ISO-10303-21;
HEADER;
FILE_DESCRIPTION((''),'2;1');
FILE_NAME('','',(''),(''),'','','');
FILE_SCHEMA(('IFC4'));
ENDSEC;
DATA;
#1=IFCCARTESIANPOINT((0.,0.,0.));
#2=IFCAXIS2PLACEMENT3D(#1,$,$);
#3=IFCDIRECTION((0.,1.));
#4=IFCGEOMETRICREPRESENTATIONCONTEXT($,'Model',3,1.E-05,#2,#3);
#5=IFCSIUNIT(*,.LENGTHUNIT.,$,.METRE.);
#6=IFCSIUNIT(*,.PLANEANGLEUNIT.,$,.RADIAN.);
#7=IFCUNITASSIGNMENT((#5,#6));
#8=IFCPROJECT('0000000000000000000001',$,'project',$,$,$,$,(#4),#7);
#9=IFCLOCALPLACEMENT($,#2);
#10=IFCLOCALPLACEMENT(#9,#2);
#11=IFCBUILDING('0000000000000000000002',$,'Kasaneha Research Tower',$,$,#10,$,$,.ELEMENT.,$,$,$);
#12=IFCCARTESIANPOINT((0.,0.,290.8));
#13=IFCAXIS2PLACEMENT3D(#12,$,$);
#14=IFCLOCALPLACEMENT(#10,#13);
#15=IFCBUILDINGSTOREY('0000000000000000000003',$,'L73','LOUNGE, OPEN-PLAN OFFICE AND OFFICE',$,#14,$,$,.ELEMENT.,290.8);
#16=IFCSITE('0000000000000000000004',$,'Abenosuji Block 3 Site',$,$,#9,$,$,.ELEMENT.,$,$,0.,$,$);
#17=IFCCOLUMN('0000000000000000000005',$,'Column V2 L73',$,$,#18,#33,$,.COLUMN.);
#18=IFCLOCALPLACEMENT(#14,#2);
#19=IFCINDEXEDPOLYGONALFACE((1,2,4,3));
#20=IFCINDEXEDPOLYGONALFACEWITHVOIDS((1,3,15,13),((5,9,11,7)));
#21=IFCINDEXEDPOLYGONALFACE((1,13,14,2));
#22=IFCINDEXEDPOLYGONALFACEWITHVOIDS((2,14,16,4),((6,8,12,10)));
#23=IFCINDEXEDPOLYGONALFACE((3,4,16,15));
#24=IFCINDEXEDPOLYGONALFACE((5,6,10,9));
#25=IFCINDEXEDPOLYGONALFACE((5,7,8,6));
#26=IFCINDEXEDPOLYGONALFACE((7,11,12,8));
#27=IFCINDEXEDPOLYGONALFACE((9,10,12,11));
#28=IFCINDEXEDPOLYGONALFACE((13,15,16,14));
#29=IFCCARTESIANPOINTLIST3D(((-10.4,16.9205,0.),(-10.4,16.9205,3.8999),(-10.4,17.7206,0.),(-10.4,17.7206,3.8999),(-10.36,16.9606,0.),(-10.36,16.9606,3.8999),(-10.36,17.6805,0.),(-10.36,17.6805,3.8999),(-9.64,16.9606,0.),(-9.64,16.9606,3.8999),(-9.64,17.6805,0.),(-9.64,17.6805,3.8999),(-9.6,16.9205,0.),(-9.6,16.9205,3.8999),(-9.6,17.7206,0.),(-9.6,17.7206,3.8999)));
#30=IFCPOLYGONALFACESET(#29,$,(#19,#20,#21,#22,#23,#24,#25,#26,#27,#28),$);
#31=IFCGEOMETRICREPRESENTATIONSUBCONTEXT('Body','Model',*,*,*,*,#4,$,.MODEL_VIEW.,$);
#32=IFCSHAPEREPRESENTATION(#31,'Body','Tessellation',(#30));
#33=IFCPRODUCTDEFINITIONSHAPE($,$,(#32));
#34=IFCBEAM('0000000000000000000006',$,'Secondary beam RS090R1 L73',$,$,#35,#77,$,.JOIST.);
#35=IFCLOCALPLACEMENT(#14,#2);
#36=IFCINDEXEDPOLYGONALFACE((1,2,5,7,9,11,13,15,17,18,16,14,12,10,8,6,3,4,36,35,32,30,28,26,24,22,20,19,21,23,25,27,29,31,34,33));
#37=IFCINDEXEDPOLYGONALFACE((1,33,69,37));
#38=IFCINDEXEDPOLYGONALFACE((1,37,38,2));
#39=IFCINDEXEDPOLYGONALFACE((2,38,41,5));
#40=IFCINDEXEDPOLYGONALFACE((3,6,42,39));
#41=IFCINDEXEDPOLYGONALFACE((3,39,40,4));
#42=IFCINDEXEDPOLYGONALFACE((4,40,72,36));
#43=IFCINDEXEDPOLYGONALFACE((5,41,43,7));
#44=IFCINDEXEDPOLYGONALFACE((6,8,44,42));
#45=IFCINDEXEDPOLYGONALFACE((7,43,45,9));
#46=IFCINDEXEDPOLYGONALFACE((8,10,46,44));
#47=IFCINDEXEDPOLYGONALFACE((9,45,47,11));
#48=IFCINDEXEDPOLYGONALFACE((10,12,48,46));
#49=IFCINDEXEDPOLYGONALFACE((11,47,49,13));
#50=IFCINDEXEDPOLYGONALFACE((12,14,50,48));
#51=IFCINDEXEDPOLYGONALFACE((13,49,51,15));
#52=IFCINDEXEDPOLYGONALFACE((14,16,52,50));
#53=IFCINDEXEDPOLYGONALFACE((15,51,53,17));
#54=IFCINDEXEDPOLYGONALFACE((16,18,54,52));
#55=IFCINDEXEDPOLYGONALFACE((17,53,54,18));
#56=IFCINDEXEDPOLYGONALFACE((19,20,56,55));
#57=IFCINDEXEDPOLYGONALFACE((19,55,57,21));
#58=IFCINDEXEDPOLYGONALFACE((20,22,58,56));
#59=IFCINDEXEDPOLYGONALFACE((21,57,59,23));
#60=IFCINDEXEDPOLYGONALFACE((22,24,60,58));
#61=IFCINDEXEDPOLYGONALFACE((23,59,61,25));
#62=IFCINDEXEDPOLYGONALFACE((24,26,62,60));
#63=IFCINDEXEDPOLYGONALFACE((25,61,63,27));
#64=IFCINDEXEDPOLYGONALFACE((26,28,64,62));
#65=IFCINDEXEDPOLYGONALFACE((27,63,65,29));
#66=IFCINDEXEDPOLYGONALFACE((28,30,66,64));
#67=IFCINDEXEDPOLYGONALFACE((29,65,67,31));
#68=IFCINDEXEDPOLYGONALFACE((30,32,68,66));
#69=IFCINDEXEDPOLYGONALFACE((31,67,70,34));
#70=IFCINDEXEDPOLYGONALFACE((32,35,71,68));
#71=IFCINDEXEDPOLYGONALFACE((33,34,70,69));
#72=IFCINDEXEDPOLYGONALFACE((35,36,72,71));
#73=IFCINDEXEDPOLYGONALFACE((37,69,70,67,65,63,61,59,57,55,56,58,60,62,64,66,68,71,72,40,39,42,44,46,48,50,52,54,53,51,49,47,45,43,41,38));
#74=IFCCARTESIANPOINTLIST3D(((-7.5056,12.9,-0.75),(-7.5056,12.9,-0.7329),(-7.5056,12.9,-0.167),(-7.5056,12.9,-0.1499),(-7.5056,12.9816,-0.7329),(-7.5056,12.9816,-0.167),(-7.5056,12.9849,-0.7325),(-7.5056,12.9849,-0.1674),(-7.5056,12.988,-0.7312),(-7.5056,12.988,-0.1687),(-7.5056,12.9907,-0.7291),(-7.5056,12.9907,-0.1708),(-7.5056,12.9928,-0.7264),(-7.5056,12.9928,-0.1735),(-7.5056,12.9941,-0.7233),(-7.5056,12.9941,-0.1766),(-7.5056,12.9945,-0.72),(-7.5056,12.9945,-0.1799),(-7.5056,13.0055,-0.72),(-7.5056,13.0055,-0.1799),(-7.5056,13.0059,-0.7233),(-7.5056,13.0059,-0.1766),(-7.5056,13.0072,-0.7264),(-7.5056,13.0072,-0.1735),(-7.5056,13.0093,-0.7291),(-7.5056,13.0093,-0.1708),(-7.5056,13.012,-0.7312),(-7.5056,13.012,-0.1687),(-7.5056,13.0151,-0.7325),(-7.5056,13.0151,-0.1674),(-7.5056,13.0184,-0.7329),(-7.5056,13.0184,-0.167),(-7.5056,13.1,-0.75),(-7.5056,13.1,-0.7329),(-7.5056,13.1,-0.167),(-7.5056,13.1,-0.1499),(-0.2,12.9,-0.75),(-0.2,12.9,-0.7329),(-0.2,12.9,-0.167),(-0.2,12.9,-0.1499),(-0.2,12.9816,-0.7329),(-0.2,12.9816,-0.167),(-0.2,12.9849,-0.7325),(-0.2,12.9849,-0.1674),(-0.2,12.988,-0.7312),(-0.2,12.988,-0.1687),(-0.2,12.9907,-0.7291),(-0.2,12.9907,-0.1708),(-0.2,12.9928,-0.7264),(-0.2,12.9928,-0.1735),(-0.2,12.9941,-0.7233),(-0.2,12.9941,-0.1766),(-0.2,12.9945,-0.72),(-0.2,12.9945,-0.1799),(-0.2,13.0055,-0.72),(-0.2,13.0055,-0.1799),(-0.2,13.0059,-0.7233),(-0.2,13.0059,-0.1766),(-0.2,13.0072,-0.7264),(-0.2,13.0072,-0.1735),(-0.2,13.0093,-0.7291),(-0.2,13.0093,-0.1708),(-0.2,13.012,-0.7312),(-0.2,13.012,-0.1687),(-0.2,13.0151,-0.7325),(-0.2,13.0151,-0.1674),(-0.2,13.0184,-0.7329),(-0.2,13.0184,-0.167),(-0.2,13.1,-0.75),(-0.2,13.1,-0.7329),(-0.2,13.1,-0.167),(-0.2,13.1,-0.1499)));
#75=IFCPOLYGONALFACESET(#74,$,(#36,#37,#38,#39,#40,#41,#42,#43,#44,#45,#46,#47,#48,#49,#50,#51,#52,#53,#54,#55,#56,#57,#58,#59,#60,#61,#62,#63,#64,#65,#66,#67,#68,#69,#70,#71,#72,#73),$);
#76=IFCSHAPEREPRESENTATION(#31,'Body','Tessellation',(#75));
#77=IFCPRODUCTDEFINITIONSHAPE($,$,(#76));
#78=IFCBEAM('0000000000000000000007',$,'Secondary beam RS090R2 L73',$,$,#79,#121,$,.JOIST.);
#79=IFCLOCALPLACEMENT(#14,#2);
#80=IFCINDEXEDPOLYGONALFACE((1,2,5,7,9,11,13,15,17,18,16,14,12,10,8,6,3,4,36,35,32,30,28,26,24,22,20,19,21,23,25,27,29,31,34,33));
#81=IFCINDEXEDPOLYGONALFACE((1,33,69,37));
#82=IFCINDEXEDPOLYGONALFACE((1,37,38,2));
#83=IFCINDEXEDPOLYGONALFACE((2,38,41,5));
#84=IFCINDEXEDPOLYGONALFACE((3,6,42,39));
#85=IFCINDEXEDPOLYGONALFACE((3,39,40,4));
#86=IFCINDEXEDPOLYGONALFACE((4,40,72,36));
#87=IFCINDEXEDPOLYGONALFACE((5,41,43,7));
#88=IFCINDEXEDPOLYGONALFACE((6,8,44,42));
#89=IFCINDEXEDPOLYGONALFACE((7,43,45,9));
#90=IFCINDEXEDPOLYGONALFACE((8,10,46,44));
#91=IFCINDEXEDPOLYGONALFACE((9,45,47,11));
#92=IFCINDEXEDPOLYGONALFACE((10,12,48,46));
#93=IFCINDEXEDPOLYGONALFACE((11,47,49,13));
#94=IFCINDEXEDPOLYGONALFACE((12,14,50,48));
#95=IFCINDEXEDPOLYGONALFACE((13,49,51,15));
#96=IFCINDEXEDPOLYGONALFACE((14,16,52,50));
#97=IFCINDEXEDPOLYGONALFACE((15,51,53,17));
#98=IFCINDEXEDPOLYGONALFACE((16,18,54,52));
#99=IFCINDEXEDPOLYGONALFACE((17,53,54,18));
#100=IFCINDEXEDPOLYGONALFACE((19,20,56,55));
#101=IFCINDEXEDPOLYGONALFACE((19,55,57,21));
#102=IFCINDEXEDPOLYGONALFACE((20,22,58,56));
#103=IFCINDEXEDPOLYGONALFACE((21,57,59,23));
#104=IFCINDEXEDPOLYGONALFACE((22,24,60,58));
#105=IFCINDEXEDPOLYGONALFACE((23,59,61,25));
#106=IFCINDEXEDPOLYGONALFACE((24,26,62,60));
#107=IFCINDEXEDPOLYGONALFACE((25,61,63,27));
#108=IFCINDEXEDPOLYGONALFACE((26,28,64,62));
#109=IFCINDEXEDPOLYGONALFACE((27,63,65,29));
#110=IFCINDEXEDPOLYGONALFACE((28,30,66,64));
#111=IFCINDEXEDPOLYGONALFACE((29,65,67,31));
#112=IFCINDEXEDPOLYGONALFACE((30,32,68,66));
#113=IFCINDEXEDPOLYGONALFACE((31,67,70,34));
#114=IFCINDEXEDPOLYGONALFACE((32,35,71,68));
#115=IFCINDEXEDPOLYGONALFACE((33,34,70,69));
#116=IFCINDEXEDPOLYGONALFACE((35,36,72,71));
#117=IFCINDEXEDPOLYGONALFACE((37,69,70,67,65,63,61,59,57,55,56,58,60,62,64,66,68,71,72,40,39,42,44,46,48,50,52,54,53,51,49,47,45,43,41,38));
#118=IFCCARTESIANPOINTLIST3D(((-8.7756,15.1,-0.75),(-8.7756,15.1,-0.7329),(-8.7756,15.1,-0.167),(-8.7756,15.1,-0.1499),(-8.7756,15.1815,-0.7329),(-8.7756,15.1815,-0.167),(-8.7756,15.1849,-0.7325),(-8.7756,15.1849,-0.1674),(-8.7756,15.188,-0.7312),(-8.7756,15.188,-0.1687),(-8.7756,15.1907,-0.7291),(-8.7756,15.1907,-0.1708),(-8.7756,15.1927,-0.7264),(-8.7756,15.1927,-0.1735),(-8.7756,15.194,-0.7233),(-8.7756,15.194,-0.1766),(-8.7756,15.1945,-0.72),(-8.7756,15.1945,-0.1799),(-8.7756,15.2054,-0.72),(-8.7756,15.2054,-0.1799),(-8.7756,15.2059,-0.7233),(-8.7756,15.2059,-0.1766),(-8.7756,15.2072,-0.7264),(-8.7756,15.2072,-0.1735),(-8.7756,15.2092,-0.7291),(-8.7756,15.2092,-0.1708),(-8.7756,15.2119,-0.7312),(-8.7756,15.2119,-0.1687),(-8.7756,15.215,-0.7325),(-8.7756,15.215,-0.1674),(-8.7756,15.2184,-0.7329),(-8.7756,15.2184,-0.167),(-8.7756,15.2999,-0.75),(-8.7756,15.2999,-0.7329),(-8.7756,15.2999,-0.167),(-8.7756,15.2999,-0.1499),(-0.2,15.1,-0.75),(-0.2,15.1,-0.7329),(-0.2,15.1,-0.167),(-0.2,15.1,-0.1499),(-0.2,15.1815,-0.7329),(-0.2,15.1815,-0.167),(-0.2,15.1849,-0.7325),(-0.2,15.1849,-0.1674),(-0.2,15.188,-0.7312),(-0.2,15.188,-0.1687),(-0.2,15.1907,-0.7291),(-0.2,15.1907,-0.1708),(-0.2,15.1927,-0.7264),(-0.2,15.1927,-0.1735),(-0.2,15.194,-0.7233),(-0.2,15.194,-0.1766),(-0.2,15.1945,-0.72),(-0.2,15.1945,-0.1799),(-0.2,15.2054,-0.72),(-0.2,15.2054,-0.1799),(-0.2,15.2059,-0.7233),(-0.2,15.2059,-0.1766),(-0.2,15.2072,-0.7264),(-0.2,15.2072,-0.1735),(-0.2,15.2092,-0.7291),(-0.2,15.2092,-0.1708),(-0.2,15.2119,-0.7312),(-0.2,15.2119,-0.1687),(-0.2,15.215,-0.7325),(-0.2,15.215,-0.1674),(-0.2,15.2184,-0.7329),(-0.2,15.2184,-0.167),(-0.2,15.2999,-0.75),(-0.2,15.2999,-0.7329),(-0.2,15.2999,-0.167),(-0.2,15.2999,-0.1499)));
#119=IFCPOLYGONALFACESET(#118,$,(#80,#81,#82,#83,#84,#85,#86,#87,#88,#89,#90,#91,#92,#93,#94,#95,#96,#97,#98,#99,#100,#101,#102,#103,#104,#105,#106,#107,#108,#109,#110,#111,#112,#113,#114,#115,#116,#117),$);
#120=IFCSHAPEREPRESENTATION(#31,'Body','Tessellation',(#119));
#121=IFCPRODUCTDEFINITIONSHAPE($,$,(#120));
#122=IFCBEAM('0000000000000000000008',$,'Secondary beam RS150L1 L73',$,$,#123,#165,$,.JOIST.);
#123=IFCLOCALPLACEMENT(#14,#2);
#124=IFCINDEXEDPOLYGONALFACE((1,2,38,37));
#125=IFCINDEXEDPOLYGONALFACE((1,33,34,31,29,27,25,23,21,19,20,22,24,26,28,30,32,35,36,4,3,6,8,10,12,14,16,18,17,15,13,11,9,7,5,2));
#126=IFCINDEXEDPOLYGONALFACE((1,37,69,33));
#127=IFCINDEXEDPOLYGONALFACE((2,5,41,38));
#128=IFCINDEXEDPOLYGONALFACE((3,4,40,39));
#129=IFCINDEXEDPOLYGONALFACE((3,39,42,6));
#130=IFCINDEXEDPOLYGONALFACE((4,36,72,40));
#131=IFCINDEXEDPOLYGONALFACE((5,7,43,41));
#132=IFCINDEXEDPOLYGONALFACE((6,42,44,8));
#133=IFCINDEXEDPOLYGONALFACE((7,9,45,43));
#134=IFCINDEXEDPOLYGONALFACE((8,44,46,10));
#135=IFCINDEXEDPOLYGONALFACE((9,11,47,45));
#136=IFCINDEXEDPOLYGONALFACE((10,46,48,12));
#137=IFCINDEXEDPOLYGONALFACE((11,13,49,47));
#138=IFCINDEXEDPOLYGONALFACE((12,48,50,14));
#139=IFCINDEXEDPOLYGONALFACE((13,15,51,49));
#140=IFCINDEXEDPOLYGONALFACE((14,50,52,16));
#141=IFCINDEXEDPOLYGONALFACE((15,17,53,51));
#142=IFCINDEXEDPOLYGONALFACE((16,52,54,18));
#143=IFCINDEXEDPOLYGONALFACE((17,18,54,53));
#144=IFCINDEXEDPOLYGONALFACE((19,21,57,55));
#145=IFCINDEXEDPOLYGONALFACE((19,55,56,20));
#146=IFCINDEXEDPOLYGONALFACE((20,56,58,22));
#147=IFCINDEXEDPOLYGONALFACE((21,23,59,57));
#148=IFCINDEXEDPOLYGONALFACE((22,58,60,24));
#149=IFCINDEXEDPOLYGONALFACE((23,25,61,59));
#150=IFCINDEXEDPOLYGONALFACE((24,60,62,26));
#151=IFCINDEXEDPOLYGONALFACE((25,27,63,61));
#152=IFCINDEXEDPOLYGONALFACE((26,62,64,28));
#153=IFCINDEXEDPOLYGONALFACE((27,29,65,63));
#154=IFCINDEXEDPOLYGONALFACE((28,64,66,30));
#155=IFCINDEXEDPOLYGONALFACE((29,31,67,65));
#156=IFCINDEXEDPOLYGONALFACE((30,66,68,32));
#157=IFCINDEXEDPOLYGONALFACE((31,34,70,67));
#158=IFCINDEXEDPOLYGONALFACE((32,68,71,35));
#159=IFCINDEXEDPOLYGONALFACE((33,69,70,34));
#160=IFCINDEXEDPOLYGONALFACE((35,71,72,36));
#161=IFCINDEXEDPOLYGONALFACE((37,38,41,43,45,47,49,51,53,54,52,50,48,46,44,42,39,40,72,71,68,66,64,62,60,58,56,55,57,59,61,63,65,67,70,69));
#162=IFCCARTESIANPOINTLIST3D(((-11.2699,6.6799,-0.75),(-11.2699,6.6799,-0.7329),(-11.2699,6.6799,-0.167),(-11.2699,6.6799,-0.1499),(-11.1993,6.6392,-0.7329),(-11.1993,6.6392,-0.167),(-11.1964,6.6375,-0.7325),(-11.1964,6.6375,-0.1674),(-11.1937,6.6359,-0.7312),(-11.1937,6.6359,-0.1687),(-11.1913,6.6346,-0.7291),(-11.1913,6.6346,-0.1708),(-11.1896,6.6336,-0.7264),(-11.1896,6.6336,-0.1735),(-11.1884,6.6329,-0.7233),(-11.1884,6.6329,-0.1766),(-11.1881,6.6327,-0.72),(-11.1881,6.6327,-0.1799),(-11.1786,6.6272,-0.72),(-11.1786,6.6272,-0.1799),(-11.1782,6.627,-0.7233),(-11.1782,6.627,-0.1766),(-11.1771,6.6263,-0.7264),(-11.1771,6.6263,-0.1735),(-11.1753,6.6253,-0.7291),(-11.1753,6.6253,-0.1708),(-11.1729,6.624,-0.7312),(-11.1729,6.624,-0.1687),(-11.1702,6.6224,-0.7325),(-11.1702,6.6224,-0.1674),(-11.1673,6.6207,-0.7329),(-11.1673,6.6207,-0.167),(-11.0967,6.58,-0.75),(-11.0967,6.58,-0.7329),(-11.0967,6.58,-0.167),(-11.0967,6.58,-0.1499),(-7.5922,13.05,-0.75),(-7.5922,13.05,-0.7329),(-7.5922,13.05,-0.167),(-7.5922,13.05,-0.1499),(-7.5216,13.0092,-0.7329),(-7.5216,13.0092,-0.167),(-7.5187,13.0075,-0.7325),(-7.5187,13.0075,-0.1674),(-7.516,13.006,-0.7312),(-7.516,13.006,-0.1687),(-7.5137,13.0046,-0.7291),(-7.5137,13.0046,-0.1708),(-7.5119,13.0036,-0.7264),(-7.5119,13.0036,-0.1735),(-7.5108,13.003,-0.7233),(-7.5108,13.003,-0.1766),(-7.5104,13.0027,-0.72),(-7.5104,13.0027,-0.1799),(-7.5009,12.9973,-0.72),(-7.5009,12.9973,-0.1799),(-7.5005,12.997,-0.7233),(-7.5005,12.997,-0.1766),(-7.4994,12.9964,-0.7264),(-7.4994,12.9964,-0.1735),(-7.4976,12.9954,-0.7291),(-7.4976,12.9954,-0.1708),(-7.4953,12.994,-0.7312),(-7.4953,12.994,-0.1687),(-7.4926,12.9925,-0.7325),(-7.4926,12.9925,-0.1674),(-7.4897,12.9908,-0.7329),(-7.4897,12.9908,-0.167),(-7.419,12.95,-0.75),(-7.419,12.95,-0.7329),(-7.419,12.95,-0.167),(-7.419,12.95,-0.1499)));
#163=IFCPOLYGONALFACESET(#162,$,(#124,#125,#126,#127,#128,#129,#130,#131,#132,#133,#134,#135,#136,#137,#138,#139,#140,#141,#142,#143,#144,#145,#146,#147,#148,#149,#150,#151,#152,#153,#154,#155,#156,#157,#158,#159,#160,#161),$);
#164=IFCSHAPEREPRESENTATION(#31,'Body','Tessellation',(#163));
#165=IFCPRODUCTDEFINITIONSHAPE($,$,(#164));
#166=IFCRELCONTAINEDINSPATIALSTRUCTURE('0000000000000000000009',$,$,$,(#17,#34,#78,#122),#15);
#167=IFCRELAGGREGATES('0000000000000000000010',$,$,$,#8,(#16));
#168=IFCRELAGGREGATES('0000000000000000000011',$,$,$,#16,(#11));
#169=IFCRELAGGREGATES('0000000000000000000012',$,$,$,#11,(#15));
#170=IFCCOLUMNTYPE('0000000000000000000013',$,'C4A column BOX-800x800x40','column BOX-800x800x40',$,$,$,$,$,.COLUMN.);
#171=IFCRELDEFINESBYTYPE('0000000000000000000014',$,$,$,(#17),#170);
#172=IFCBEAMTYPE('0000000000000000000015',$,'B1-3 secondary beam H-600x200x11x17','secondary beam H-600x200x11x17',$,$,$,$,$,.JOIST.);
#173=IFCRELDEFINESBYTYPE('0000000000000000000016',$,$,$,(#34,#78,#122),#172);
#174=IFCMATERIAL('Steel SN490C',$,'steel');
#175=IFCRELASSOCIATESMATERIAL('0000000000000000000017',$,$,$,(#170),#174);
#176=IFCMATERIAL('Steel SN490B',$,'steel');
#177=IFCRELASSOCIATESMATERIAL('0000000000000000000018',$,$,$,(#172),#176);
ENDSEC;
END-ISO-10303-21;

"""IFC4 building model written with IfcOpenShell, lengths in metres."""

from ifc_helpers import new_model, si_unit, direction, frame, origin, origin_2d, place, context, subcontext, project, spatial, hollow_rectangle, i_section, extrude, material, material_profile, profile_set, type_object, element, save


model = new_model("IFC4")

# Units and contexts
model_context = context("Model", 3, precision=1e-05, world=origin(), true_north=direction((0.0, 1.0)))
body_context = subcontext(model_context, "Body", "Model", "MODEL_VIEW")
ifc_project = project(units=[si_unit("LENGTHUNIT", "METRE"), si_unit("PLANEANGLEUNIT", "RADIAN")], contexts=[model_context])

# Site, building, storey
site_placement = place(None, origin())
site = spatial("IfcSite", under=ifc_project, at=site_placement, Name="Abenosuji Block 3 Site", CompositionType="ELEMENT", RefElevation=0.0)
building_placement = place(site_placement, origin())
building = spatial("IfcBuilding", under=site, at=building_placement, Name="Kasaneha Research Tower", CompositionType="ELEMENT")
storey_placement = place(building_placement, frame((0.0, 0.0, 290.8)))
storey = spatial("IfcBuildingStorey", under=building, at=storey_placement, Name="L73", Description="LOUNGE, OPEN-PLAN OFFICE AND OFFICE", CompositionType="ELEMENT", Elevation=290.8)

# Column
ifc_material_1 = material(Name="Steel SN490C", Category="steel")
ifc_material_profile_1 = material_profile(ifc_material_1, hollow_rectangle(XDim=0.8, YDim=0.8, WallThickness=0.04, at=origin_2d()), Name="BOX-800x800x40")
ifc_profile_set_1 = profile_set([ifc_material_profile_1], Name="Steel SN490C")
column_type = type_object("IfcColumnType", Name="C4A column BOX-800x800x40", Description="column BOX-800x800x40", PredefinedType="COLUMN", material=ifc_profile_set_1)
column_placement = place(storey_placement, frame((-10.0, 17.3206, 0.0), z_axis=(0.0, 0.0, 1.0), x_axis=(1.0, 0.0, 0.0)))
element("IfcColumn", 1, at=column_placement, inside=storey, type_object=column_type, Name="Column V2 L73", PredefinedType="COLUMN", context=body_context, shape_type="SweptSolid", body=[
    extrude(hollow_rectangle(XDim=0.8, YDim=0.8, WallThickness=0.04, at=origin_2d()), origin(), (0.0, 0.0, 1.0), 3.8999),
])

# Beams
ifc_material_2 = material(Name="Steel SN490B", Category="steel")
ifc_material_profile_2 = material_profile(ifc_material_2, i_section(OverallWidth=0.2, OverallDepth=0.6001, WebThickness=0.011, FlangeThickness=0.0171, FilletRadius=0.0129, at=origin_2d()), Name="H-600x200x11x17")
ifc_profile_set_2 = profile_set([ifc_material_profile_2], Name="Steel SN490B")
beam_type_1 = type_object("IfcBeamType", Name="B1-3 secondary beam H-600x200x11x17", Description="secondary beam H-600x200x11x17", PredefinedType="JOIST", material=ifc_profile_set_2)
beam_1_placement = place(storey_placement, frame((-7.5056, 13.0, -0.45), z_axis=(1.0, 0.0, 0.0), x_axis=(0.0, 1.0, 0.0)))
element("IfcBeam", 2, at=beam_1_placement, inside=storey, type_object=beam_type_1, Name="Secondary beam RS090R1 L73", PredefinedType="JOIST", context=body_context, shape_type="SweptSolid", body=[
    extrude(i_section(OverallWidth=0.2, OverallDepth=0.6001, WebThickness=0.011, FlangeThickness=0.0171, FilletRadius=0.0129, at=origin_2d()), origin(), (0.0, 0.0, 1.0), 7.3057),
])
beam_2_placement = place(storey_placement, frame((-8.7756, 15.2, -0.45), z_axis=(1.0, 0.0, 0.0), x_axis=(0.0, 1.0, 0.0)))
element("IfcBeam", 3, at=beam_2_placement, inside=storey, type_object=beam_type_1, Name="Secondary beam RS090R2 L73", PredefinedType="JOIST", context=body_context, shape_type="SweptSolid", body=[
    extrude(i_section(OverallWidth=0.2, OverallDepth=0.6001, WebThickness=0.011, FlangeThickness=0.0171, FilletRadius=0.0129, at=origin_2d()), origin(), (0.0, 0.0, 1.0), 8.5757),
])
beam_3_placement = place(storey_placement, frame((-7.5056, 13.0, -0.45), z_axis=(-0.499994, -0.866029, 0.0), x_axis=(0.866029, -0.499994, 0.0)))
element("IfcBeam", 4, at=beam_3_placement, inside=storey, type_object=beam_type_1, Name="Secondary beam RS150L1 L73", PredefinedType="JOIST", context=body_context, shape_type="SweptSolid", body=[
    extrude(i_section(OverallWidth=0.2, OverallDepth=0.6001, WebThickness=0.011, FlangeThickness=0.0171, FilletRadius=0.0129, at=origin_2d()), origin(), (0.0, 0.0, 1.0), 7.3555),
])

save(model, "model.ifc")
